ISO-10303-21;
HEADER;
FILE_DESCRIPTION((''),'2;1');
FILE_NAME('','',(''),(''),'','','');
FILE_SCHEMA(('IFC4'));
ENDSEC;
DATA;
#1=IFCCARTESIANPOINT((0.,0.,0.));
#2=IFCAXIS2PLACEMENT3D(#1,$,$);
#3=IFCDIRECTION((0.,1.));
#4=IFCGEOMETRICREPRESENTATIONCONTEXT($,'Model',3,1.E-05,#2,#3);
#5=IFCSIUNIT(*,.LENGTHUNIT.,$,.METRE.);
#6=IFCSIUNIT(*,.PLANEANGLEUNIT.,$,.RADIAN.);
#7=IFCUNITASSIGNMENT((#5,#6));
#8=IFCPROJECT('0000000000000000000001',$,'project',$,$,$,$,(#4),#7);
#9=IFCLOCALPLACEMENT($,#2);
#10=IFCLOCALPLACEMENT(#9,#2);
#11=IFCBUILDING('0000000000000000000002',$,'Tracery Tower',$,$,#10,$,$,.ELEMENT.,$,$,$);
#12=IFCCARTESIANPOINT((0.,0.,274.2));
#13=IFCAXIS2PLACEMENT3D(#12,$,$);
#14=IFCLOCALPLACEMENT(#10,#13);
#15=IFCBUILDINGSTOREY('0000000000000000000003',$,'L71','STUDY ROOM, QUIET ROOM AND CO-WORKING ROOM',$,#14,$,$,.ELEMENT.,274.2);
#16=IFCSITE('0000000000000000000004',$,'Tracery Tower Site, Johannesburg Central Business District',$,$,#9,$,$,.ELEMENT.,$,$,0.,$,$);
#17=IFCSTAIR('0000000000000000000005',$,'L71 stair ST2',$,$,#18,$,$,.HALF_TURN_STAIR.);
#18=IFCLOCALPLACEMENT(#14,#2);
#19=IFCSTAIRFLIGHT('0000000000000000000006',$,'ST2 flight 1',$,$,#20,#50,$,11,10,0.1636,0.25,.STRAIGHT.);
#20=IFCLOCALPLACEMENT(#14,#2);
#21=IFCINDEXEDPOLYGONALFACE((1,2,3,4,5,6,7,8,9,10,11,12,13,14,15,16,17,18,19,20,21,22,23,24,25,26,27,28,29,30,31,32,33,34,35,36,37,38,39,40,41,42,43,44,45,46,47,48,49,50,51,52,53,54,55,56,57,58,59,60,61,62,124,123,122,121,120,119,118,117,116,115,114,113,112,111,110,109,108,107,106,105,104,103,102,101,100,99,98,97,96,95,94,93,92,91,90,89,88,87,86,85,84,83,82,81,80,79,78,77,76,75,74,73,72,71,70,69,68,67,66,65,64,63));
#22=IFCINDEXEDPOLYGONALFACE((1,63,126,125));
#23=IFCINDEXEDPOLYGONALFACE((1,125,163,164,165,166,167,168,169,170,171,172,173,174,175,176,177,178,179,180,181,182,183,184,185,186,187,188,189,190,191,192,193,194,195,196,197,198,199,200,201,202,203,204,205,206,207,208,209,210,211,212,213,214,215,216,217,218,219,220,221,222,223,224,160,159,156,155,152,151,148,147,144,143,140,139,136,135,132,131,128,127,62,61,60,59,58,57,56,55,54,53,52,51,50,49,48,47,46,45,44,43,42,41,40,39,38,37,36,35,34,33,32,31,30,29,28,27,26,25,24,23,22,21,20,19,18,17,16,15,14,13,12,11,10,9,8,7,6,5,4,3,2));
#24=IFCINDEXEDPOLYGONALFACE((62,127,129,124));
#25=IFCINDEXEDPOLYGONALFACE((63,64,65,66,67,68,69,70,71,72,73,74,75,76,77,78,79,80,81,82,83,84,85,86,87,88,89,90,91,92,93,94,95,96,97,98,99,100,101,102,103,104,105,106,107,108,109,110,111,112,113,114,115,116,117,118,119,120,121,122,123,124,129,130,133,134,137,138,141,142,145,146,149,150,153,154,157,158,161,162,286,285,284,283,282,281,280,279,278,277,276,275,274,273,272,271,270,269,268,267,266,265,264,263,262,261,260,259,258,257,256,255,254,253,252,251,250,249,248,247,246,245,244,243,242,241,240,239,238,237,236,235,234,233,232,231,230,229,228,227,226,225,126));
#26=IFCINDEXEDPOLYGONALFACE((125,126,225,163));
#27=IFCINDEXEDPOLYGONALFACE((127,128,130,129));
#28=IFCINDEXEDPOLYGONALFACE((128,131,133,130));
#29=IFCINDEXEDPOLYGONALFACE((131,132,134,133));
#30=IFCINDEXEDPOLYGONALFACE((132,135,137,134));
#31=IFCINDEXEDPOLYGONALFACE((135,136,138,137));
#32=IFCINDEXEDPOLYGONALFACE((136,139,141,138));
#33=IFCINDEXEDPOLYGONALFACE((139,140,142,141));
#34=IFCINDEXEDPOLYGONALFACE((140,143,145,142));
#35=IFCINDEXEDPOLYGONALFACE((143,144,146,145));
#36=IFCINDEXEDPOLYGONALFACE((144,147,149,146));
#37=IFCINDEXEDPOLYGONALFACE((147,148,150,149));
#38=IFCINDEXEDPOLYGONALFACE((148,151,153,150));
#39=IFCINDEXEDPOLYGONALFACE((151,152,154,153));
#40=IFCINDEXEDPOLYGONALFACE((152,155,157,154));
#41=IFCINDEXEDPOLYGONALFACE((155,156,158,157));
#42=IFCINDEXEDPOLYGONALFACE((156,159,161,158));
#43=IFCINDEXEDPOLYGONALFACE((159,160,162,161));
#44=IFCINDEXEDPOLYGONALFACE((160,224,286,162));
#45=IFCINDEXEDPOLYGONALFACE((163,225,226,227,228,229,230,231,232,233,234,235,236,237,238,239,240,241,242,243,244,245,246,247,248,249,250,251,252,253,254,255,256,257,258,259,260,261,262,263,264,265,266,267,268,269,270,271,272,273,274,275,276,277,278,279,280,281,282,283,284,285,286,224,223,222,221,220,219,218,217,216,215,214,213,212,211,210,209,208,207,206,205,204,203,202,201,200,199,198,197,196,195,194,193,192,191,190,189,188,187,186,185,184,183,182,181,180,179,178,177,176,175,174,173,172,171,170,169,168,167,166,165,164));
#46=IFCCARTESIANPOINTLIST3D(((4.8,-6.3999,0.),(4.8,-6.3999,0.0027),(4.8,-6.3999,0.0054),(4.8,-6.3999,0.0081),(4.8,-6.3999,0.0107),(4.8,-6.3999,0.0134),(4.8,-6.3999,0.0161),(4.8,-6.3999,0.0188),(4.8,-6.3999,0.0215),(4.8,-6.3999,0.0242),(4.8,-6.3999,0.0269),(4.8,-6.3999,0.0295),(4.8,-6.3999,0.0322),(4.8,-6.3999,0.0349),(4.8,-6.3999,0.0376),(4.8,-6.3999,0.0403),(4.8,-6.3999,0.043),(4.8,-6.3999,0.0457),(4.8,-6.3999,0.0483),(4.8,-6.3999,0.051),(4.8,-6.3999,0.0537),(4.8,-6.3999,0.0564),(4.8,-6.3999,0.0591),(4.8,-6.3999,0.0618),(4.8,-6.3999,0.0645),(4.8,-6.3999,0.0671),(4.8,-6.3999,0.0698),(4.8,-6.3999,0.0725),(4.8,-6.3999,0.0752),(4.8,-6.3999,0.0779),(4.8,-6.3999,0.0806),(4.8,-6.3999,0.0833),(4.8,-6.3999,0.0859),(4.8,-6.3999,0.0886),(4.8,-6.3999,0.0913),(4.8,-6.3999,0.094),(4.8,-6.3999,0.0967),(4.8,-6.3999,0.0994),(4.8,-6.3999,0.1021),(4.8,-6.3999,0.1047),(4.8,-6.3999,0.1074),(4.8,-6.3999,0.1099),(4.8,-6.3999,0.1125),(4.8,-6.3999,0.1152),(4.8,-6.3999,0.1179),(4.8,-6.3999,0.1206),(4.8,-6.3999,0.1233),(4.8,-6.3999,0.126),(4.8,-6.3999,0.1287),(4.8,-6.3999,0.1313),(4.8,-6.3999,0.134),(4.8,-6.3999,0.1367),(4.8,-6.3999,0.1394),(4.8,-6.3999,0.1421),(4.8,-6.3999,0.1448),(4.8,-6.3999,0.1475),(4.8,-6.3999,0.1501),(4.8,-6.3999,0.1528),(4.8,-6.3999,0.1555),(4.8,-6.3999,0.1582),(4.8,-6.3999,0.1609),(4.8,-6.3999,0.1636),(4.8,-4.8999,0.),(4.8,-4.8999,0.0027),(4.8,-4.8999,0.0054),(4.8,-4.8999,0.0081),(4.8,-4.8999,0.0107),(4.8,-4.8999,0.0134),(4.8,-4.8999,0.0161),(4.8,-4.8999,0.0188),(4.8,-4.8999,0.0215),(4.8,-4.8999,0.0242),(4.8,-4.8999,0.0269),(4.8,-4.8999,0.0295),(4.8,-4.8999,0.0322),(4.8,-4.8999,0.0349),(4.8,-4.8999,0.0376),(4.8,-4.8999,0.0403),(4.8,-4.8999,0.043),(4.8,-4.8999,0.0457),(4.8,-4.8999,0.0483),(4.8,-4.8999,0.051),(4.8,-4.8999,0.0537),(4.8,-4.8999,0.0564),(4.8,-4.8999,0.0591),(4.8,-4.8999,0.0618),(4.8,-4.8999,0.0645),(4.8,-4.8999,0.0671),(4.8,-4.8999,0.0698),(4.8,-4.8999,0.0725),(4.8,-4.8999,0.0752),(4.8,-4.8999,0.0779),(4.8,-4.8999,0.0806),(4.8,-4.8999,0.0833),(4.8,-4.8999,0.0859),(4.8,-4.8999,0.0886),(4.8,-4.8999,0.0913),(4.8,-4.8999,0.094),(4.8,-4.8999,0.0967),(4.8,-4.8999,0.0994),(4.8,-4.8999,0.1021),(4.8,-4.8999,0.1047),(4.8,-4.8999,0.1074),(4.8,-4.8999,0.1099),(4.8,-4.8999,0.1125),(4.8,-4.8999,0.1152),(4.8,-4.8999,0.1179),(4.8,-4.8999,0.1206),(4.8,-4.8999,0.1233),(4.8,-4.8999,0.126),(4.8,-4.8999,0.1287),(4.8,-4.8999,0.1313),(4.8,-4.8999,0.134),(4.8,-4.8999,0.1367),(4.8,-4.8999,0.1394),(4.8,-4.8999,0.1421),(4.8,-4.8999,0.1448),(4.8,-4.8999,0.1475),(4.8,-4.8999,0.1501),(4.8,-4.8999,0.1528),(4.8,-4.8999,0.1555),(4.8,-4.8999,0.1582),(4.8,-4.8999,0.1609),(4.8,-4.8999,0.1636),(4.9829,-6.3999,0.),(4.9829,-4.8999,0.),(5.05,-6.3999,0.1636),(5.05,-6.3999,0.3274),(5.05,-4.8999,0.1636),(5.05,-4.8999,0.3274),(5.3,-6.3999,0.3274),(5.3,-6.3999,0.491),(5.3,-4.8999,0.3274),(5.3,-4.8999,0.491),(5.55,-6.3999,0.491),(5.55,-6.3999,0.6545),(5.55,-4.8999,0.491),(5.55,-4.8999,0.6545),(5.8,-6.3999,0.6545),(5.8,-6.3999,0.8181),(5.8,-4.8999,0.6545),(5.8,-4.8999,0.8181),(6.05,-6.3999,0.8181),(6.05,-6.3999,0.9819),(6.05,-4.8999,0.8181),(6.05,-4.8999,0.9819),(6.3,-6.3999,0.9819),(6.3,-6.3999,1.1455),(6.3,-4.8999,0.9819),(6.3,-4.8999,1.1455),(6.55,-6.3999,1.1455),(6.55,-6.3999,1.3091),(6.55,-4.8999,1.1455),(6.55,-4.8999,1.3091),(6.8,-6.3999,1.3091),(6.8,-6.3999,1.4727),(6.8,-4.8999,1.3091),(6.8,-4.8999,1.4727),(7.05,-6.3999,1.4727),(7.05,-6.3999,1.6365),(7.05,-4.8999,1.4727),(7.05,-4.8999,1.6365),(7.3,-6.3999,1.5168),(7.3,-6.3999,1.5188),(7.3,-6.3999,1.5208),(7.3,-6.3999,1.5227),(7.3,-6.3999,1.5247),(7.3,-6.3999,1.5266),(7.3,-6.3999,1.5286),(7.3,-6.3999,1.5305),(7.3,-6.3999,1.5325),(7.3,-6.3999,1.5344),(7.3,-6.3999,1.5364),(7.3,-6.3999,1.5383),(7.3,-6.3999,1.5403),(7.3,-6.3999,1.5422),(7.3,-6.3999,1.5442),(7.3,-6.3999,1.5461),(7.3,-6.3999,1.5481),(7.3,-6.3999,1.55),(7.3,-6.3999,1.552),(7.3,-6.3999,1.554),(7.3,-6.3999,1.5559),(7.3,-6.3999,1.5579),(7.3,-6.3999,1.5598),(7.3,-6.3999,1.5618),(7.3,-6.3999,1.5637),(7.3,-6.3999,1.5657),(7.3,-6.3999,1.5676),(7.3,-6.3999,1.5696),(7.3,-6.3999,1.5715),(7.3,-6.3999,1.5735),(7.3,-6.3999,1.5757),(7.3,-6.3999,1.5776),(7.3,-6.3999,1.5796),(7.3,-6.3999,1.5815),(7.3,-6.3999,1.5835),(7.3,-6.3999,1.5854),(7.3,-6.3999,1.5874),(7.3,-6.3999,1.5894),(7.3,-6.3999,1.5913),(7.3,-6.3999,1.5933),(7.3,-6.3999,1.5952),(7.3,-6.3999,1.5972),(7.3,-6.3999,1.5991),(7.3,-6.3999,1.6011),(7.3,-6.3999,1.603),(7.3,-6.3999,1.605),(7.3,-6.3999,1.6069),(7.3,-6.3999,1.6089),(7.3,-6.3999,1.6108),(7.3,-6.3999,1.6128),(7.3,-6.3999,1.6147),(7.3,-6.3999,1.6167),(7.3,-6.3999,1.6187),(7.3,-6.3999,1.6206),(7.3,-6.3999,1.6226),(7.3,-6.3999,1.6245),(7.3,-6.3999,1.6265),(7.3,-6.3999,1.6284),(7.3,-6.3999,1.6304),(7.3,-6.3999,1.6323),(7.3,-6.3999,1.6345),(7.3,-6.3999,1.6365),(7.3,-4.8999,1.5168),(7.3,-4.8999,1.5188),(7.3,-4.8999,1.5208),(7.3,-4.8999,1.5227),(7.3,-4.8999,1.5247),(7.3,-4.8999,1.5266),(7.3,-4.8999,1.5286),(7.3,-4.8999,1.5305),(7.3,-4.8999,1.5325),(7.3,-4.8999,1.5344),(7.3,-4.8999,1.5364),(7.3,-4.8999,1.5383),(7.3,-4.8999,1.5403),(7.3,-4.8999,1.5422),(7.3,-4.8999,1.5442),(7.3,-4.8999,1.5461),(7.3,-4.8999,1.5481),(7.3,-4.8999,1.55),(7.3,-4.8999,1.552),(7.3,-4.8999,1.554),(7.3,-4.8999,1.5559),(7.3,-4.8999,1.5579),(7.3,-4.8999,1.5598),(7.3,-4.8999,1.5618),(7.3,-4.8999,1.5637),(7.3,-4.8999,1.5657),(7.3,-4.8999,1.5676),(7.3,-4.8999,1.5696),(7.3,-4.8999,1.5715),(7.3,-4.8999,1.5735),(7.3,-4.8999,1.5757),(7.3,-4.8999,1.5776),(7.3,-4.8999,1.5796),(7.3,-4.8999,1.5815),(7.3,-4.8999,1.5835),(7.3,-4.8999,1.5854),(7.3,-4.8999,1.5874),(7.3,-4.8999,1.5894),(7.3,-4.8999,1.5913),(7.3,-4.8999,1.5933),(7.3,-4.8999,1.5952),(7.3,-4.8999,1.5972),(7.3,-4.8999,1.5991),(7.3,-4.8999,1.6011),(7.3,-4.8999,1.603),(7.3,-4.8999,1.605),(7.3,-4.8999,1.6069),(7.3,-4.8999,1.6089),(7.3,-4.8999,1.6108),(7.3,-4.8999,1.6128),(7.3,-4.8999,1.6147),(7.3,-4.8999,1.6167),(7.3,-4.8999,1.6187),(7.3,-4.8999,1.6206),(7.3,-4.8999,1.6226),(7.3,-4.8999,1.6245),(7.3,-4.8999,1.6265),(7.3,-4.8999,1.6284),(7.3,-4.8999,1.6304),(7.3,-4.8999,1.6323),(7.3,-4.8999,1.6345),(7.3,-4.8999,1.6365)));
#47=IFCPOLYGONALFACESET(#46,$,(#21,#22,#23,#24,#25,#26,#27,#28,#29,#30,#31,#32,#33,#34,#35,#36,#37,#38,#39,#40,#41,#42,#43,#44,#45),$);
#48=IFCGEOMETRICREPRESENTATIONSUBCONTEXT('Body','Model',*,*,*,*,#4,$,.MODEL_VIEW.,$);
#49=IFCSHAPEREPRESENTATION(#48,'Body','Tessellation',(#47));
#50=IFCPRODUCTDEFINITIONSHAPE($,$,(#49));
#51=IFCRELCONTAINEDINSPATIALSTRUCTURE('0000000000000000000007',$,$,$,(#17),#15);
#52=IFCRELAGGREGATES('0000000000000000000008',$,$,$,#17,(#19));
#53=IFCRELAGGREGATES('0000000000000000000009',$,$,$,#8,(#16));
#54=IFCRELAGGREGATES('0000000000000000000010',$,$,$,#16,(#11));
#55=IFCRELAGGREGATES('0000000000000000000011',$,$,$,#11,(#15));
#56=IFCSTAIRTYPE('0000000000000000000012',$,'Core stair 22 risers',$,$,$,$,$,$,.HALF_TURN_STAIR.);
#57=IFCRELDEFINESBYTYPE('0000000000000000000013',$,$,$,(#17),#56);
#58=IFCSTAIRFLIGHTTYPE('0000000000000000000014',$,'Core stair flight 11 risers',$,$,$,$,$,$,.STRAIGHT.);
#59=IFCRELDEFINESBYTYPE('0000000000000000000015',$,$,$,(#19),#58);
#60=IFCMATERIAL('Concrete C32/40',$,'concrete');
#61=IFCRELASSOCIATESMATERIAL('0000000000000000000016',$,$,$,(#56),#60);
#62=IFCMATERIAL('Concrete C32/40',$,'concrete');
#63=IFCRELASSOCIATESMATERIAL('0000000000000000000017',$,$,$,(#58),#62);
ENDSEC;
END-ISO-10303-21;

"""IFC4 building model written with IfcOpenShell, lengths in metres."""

from ifc_helpers import new_model, si_unit, direction, frame, origin, place, context, subcontext, project, spatial, polyline, outline, extrude, material, type_object, element, aggregate, save


model = new_model("IFC4")

# Units and contexts
model_context = context("Model", 3, precision=1e-05, world=origin(), true_north=direction((0.0, 1.0)))
body_context = subcontext(model_context, "Body", "Model", "MODEL_VIEW")
ifc_project = project(units=[si_unit("LENGTHUNIT", "METRE"), si_unit("PLANEANGLEUNIT", "RADIAN")], contexts=[model_context])

# Site, building, storey
site_placement = place(None, origin())
site = spatial("IfcSite", under=ifc_project, at=site_placement, Name="Tracery Tower Site, Johannesburg Central Business District", CompositionType="ELEMENT", RefElevation=0.0)
building_placement = place(site_placement, origin())
building = spatial("IfcBuilding", under=site, at=building_placement, Name="Tracery Tower", CompositionType="ELEMENT")
storey_placement = place(building_placement, frame((0.0, 0.0, 274.2)))
storey = spatial("IfcBuildingStorey", under=building, at=storey_placement, Name="L71", Description="STUDY ROOM, QUIET ROOM AND CO-WORKING ROOM", CompositionType="ELEMENT", Elevation=274.2)

# Stair, stair flight
ifc_material_1 = material(Name="Concrete C32/40", Category="concrete")
stair_type = type_object("IfcStairType", Name="Core stair 22 risers", PredefinedType="HALF_TURN_STAIR", material=ifc_material_1)
stair_placement = place(storey_placement, origin())
stair = element("IfcStair", 1, at=stair_placement, inside=storey, type_object=stair_type, Name="L71 stair ST2", PredefinedType="HALF_TURN_STAIR")
ifc_material_2 = material(Name="Concrete C32/40", Category="concrete")
stair_flight_type = type_object("IfcStairFlightType", Name="Core stair flight 11 risers", PredefinedType="STRAIGHT", material=ifc_material_2)
stair_flight_placement = place(storey_placement, frame((4.8, -5.6499, 0.0), z_axis=(0.0, 0.0, 1.0), x_axis=(1.0, 0.0, 0.0)))
stair_flight = element("IfcStairFlight", 2, at=stair_flight_placement, type_object=stair_flight_type, Name="ST2 flight 1", NumberOfRisers=11, NumberOfTreads=10, PredefinedType="STRAIGHT", RiserHeight=0.1636, TreadLength=0.25, context=body_context, shape_type="SweptSolid", body=[
    extrude(outline(polyline([(0.0, 0.0), (0.0, 0.0027), (0.0, 0.0054), (0.0, 0.0081), (0.0, 0.0107), (0.0, 0.0134), (0.0, 0.0161), (0.0, 0.0188), (0.0, 0.0215), (0.0, 0.0242), (0.0, 0.0269), (0.0, 0.0295), (0.0, 0.0322), (0.0, 0.0349), (0.0, 0.0376), (0.0, 0.0403), (0.0, 0.043), (0.0, 0.0457), (0.0, 0.0483), (0.0, 0.051), (0.0, 0.0537), (0.0, 0.0564), (0.0, 0.0591), (0.0, 0.0618), (0.0, 0.0645), (0.0, 0.0671), (0.0, 0.0698), (0.0, 0.0725), (0.0, 0.0752), (0.0, 0.0779), (0.0, 0.0806), (0.0, 0.0833), (0.0, 0.0859), (0.0, 0.0886), (0.0, 0.0913), (0.0, 0.094), (0.0, 0.0967), (0.0, 0.0994), (0.0, 0.1021), (0.0, 0.1047), (0.0, 0.1074), (0.0, 0.1099), (0.0, 0.1125), (0.0, 0.1152), (0.0, 0.1179), (0.0, 0.1206), (0.0, 0.1233), (0.0, 0.126), (0.0, 0.1287), (0.0, 0.1313), (0.0, 0.134), (0.0, 0.1367), (0.0, 0.1394), (0.0, 0.1421), (0.0, 0.1448), (0.0, 0.1475), (0.0, 0.1501), (0.0, 0.1528), (0.0, 0.1555), (0.0, 0.1582), (0.0, 0.1609), (0.0, 0.1636), (0.25, 0.1636), (0.25, 0.3274), (0.5, 0.3274), (0.5, 0.491), (0.75, 0.491), (0.75, 0.6545), (1.0, 0.6545), (1.0, 0.8181), (1.25, 0.8181), (1.25, 0.9819), (1.5, 0.9819), (1.5, 1.1455), (1.75, 1.1455), (1.75, 1.3091), (2.0, 1.3091), (2.0, 1.4727), (2.25, 1.4727), (2.25, 1.6365), (2.5, 1.6365), (2.5, 1.6345), (2.5, 1.6323), (2.5, 1.6304), (2.5, 1.6284), (2.5, 1.6265), (2.5, 1.6245), (2.5, 1.6226), (2.5, 1.6206), (2.5, 1.6187), (2.5, 1.6167), (2.5, 1.6147), (2.5, 1.6128), (2.5, 1.6108), (2.5, 1.6089), (2.5, 1.6069), (2.5, 1.605), (2.5, 1.603), (2.5, 1.6011), (2.5, 1.5991), (2.5, 1.5972), (2.5, 1.5952), (2.5, 1.5933), (2.5, 1.5913), (2.5, 1.5894), (2.5, 1.5874), (2.5, 1.5854), (2.5, 1.5835), (2.5, 1.5815), (2.5, 1.5796), (2.5, 1.5776), (2.5, 1.5757), (2.5, 1.5735), (2.5, 1.5715), (2.5, 1.5696), (2.5, 1.5676), (2.5, 1.5657), (2.5, 1.5637), (2.5, 1.5618), (2.5, 1.5598), (2.5, 1.5579), (2.5, 1.5559), (2.5, 1.554), (2.5, 1.552), (2.5, 1.55), (2.5, 1.5481), (2.5, 1.5461), (2.5, 1.5442), (2.5, 1.5422), (2.5, 1.5403), (2.5, 1.5383), (2.5, 1.5364), (2.5, 1.5344), (2.5, 1.5325), (2.5, 1.5305), (2.5, 1.5286), (2.5, 1.5266), (2.5, 1.5247), (2.5, 1.5227), (2.5, 1.5208), (2.5, 1.5188), (2.5, 1.5168), (0.1829, 0.0), (0.0, 0.0)])), frame((0.0, 0.75, 0.0), z_axis=(0.0, -1.0, 0.0), x_axis=(1.0, 0.0, 0.0)), (0.0, 0.0, 1.0), 1.5),
])
aggregate(stair, [stair_flight])

save(model, "model.ifc")
